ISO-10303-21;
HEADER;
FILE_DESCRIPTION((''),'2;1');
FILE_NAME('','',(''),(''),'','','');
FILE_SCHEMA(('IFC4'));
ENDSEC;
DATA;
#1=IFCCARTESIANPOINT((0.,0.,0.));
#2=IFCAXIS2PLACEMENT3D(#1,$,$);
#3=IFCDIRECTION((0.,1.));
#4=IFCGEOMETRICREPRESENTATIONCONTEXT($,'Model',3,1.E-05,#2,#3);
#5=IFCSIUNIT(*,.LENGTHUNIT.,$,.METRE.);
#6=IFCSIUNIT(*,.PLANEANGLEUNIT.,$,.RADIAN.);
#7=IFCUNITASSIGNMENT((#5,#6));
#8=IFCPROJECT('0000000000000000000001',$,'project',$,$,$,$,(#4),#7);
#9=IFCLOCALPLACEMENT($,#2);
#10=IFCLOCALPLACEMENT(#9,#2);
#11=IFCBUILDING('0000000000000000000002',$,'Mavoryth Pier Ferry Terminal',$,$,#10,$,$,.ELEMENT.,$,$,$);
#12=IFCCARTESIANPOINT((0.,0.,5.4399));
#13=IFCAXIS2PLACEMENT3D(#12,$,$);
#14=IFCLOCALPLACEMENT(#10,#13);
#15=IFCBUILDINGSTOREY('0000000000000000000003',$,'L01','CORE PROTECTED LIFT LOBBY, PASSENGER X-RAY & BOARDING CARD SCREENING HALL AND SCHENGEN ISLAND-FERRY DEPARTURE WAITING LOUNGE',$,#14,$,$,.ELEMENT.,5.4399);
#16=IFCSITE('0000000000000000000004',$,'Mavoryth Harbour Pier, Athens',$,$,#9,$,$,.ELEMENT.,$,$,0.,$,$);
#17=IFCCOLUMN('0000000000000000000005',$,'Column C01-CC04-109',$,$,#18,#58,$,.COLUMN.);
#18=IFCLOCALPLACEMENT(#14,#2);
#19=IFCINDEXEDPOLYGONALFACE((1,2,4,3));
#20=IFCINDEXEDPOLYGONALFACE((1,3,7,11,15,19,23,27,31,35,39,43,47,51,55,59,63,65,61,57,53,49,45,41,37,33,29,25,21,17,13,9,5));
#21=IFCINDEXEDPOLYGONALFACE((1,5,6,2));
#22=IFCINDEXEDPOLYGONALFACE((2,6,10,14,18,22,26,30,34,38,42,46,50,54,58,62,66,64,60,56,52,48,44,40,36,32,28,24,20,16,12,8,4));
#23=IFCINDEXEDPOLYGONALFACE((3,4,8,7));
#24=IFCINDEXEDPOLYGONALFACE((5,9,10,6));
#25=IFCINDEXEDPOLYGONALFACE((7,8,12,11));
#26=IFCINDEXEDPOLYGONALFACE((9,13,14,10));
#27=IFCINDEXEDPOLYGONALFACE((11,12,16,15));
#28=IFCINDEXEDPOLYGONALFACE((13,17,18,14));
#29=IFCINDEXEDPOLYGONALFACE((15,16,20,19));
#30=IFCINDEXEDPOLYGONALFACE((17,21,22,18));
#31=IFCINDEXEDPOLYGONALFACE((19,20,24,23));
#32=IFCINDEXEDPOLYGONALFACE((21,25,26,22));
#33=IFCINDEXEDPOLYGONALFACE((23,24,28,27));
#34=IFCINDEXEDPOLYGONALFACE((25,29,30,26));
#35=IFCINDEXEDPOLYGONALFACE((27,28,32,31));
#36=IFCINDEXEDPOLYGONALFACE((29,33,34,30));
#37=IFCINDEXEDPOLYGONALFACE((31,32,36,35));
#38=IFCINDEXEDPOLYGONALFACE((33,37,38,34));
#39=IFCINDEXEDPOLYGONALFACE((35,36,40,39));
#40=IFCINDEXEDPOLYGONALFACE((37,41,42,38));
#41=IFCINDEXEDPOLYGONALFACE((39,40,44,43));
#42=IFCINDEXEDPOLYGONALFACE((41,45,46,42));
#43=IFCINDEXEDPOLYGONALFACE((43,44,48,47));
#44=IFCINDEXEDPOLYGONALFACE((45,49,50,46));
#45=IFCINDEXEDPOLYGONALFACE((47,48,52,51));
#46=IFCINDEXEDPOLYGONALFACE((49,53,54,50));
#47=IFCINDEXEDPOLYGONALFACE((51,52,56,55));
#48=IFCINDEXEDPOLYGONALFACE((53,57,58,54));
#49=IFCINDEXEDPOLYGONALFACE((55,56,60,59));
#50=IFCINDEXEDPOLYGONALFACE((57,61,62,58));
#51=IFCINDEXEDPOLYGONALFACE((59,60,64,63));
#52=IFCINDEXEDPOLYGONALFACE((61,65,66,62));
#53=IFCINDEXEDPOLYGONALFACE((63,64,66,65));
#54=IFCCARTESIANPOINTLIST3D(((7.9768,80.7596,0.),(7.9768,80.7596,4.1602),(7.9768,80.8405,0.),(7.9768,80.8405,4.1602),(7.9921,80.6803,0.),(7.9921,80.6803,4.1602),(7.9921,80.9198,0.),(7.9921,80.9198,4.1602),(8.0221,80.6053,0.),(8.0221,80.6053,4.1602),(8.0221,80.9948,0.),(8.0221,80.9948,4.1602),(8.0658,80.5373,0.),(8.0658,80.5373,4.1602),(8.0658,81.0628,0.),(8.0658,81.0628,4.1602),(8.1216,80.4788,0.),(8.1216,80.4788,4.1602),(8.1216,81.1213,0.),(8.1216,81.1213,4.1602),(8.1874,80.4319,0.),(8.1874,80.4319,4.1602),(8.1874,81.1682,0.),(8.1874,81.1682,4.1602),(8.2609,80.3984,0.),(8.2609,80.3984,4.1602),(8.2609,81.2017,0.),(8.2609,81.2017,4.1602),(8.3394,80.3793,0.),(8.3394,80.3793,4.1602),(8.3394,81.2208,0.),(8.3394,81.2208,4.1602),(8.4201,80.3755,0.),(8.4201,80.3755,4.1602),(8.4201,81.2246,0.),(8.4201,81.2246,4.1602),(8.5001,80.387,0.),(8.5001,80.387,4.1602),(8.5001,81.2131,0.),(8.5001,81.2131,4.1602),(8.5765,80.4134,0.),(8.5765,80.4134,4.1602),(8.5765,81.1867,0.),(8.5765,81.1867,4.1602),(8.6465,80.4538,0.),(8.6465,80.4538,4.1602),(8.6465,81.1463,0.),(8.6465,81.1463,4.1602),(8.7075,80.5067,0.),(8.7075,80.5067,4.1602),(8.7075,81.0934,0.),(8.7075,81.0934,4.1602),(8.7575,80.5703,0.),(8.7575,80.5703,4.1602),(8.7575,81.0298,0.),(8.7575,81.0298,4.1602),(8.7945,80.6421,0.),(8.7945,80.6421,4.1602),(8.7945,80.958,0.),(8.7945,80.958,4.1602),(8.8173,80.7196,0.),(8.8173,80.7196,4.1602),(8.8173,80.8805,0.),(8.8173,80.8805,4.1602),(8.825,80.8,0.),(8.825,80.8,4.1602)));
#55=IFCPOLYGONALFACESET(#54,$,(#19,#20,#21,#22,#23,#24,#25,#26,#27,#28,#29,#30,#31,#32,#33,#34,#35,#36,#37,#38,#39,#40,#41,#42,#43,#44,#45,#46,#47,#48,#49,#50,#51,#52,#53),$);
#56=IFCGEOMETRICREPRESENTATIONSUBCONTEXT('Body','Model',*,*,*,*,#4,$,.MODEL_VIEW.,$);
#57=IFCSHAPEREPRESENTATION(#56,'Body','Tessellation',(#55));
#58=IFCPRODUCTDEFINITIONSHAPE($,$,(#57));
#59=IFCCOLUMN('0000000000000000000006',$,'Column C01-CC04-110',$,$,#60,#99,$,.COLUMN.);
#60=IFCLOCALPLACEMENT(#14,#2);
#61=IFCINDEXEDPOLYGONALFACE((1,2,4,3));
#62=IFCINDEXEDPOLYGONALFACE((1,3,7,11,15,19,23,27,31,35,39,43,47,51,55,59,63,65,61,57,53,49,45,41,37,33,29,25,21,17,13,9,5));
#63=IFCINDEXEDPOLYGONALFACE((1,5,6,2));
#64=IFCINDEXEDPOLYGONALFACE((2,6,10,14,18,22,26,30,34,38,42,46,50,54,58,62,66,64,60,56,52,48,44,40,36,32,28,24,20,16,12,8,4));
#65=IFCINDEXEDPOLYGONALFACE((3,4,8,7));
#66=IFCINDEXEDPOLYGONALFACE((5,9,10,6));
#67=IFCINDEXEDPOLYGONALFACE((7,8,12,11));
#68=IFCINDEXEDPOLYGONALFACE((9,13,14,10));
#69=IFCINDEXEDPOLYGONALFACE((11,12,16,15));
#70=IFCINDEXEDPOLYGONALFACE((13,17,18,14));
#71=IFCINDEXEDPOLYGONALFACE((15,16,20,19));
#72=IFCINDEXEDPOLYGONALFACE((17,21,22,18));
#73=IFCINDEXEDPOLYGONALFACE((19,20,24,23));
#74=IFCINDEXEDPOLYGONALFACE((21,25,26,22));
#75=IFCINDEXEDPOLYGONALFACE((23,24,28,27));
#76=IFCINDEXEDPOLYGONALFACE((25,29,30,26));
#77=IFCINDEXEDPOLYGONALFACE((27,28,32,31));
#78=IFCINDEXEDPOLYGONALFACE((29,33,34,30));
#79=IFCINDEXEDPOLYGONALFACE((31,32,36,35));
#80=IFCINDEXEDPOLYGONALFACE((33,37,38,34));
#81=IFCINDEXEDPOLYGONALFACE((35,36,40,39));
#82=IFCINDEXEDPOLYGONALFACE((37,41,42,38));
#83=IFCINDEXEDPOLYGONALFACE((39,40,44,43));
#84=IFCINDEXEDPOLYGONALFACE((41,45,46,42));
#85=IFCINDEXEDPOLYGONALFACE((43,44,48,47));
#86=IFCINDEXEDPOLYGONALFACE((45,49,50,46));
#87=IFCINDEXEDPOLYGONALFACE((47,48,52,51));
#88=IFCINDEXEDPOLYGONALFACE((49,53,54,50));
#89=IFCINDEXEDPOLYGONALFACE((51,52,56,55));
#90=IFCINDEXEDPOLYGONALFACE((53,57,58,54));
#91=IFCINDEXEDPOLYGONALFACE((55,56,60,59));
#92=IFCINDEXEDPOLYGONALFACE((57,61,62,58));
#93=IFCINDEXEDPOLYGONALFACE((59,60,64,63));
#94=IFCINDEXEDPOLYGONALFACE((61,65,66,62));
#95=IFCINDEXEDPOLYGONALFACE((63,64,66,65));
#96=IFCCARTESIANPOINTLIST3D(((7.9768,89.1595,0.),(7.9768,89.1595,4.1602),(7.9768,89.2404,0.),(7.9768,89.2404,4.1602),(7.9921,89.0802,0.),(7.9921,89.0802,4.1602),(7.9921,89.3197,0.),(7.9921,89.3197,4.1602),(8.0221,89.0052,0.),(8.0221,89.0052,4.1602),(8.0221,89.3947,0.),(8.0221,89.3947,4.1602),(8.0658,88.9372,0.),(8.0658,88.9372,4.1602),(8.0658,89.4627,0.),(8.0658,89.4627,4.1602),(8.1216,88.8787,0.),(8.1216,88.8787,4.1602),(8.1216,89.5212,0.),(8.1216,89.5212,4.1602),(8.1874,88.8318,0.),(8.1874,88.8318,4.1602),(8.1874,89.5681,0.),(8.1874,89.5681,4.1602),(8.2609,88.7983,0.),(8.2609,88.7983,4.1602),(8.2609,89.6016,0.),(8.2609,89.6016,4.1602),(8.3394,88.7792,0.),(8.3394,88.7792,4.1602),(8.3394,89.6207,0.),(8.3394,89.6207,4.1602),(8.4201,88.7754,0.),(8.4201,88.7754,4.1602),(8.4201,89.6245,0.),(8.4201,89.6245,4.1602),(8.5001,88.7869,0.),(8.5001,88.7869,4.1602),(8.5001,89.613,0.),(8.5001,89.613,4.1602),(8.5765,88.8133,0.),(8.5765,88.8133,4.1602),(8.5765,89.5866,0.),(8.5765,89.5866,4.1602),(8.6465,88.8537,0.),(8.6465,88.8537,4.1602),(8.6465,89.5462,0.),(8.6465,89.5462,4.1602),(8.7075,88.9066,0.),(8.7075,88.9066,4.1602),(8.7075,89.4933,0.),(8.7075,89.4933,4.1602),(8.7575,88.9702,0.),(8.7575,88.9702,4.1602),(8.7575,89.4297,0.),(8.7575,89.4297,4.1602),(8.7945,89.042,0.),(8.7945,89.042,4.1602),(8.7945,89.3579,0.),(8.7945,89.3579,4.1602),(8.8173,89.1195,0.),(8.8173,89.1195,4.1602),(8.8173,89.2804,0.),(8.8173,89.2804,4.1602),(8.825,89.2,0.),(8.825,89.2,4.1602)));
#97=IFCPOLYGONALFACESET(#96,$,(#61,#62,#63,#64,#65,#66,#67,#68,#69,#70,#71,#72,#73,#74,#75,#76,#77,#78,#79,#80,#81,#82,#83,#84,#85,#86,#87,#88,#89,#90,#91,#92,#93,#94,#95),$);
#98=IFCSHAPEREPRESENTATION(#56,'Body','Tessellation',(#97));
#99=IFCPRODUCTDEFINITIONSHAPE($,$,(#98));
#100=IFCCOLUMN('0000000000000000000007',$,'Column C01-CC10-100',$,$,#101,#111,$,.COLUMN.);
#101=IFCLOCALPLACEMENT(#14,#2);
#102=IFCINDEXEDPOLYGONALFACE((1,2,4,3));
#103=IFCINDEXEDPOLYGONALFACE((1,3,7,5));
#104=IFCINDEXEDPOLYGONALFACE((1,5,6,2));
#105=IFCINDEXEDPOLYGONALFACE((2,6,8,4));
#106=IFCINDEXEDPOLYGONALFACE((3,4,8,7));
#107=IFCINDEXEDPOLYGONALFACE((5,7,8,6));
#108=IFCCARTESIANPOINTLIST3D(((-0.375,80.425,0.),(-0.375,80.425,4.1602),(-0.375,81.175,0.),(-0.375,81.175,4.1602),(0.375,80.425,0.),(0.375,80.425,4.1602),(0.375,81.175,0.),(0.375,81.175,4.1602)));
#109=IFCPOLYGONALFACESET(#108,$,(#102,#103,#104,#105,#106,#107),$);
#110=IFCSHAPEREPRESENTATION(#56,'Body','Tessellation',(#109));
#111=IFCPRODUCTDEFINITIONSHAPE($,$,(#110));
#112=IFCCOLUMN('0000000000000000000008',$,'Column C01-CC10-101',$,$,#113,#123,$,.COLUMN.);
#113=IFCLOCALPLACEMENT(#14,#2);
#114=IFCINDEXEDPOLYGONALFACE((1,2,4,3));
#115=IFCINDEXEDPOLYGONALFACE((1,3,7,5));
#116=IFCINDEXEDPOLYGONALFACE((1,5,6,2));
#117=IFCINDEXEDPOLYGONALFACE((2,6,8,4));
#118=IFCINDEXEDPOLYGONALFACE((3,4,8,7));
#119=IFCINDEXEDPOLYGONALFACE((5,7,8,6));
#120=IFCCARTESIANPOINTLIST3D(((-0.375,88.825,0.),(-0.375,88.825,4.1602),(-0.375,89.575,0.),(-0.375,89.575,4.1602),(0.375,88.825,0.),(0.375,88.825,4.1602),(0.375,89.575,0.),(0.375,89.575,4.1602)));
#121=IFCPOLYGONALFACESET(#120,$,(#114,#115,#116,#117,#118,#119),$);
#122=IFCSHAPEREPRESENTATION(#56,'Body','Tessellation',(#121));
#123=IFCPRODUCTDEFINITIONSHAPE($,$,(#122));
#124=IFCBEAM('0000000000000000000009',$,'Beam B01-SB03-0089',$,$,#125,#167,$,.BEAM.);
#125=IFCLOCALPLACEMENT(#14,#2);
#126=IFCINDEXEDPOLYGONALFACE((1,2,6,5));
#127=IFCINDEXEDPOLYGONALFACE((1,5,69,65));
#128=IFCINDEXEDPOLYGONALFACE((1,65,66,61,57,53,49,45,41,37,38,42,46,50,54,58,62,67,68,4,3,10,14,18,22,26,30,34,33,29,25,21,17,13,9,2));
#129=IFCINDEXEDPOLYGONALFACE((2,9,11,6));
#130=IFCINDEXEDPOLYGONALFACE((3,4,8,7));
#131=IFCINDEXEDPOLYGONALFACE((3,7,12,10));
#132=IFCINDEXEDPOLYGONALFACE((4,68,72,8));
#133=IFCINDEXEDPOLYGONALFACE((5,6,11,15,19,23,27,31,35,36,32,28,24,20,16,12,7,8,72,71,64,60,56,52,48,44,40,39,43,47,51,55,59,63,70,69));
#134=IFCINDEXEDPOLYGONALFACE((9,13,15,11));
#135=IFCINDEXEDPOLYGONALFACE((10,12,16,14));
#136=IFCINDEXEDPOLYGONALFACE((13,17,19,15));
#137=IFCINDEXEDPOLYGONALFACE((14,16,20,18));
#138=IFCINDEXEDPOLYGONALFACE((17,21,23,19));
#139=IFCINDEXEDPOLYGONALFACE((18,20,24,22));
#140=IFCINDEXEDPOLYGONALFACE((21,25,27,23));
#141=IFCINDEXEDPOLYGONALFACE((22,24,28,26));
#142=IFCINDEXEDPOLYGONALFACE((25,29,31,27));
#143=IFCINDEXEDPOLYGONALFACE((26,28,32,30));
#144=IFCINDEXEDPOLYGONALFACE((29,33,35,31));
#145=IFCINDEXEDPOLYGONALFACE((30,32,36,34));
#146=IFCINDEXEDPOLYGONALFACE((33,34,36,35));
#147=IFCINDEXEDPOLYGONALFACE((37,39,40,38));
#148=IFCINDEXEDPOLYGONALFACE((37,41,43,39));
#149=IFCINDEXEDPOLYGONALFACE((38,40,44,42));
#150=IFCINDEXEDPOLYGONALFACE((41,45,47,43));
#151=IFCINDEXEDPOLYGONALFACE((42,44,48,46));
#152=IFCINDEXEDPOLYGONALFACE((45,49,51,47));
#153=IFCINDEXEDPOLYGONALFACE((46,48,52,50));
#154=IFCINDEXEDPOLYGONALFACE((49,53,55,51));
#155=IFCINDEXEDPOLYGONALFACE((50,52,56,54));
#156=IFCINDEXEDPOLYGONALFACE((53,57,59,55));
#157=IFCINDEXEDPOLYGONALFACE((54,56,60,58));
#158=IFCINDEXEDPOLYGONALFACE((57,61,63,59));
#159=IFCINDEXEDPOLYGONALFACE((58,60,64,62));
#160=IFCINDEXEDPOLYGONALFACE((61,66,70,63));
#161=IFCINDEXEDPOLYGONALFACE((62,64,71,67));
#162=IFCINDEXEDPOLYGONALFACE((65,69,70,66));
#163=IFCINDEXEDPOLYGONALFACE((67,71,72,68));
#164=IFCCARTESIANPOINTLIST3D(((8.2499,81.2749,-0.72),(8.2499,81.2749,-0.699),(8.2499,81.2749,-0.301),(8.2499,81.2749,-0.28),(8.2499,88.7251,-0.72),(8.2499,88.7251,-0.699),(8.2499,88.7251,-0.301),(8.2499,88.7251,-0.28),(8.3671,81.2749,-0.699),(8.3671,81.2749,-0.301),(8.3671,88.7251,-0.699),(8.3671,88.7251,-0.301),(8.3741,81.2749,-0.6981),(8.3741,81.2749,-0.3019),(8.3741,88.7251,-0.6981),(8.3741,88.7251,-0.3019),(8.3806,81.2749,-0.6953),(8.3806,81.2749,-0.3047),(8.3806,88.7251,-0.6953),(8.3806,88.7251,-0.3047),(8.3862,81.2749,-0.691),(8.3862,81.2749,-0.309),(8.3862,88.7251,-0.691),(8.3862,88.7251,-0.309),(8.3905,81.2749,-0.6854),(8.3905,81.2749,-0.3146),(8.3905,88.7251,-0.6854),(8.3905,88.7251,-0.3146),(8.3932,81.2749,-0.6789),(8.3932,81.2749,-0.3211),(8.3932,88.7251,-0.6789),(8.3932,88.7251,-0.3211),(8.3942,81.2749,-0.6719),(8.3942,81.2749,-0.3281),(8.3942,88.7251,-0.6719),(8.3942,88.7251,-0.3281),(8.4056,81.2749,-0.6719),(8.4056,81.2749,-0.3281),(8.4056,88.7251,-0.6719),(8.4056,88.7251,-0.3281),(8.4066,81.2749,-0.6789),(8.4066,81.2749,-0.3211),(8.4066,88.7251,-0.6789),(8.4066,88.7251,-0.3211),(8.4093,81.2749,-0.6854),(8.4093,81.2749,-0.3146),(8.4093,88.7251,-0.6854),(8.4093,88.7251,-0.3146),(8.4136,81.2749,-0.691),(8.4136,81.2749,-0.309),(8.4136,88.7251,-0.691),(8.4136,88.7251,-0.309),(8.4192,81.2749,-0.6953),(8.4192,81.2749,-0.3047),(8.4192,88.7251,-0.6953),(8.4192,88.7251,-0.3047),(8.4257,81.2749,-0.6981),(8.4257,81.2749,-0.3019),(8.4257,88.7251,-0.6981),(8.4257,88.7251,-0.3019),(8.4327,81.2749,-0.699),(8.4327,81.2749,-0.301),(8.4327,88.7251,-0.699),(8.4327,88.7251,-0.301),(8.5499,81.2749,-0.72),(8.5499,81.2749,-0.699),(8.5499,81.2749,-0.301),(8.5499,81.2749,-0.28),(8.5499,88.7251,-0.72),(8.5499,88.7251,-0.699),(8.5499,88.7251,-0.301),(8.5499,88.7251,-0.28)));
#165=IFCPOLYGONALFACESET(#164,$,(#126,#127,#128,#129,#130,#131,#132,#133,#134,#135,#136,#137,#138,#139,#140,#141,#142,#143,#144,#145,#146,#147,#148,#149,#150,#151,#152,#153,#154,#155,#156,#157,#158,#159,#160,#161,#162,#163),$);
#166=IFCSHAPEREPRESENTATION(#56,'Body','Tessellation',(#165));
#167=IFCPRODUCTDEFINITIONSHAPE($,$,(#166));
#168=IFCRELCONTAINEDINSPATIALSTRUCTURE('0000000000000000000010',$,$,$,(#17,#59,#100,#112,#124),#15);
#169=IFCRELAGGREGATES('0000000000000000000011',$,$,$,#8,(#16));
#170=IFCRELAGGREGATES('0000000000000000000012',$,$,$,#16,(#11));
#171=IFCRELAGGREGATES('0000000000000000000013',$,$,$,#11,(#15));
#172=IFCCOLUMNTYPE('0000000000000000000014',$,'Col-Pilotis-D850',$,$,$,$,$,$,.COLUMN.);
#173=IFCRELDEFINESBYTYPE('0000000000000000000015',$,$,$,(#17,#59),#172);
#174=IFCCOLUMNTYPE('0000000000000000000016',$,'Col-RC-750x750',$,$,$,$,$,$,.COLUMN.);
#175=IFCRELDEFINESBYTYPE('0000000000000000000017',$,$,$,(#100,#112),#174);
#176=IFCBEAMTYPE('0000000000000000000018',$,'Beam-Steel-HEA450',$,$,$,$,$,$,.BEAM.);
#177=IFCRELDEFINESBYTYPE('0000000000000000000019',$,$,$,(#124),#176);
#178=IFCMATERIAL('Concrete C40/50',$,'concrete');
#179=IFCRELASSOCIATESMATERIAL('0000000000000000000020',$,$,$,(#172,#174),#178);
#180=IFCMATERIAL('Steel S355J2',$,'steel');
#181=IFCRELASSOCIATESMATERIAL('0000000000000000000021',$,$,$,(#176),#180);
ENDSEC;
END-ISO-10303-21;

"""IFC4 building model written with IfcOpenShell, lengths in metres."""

from ifc_helpers import new_model, si_unit, direction, frame, origin, origin_2d, place, context, subcontext, project, spatial, rectangle, circle, i_section, extrude, material, material_profile, profile_set, type_object, element, save


model = new_model("IFC4")

# Units and contexts
model_context = context("Model", 3, precision=1e-05, world=origin(), true_north=direction((0.0, 1.0)))
body_context = subcontext(model_context, "Body", "Model", "MODEL_VIEW")
ifc_project = project(units=[si_unit("LENGTHUNIT", "METRE"), si_unit("PLANEANGLEUNIT", "RADIAN")], contexts=[model_context])

# Site, building, storey
site_placement = place(None, origin())
site = spatial("IfcSite", under=ifc_project, at=site_placement, Name="Mavoryth Harbour Pier, Athens", CompositionType="ELEMENT", RefElevation=0.0)
building_placement = place(site_placement, origin())
building = spatial("IfcBuilding", under=site, at=building_placement, Name="Mavoryth Pier Ferry Terminal", CompositionType="ELEMENT")
storey_placement = place(building_placement, frame((0.0, 0.0, 5.4399)))
storey = spatial("IfcBuildingStorey", under=building, at=storey_placement, Name="L01", Description="CORE PROTECTED LIFT LOBBY, PASSENGER X-RAY & BOARDING CARD SCREENING HALL AND SCHENGEN ISLAND-FERRY DEPARTURE WAITING LOUNGE", CompositionType="ELEMENT", Elevation=5.4399)

# Columns
ifc_material_1 = material(Name="Concrete C40/50", Category="concrete")
ifc_material_profile_1 = material_profile(ifc_material_1, circle(Radius=0.425, at=origin_2d()), Name="RC D850", Category="concrete")
ifc_profile_set_1 = profile_set([ifc_material_profile_1], Name="Concrete C40/50 - RC D850")
column_type_1 = type_object("IfcColumnType", Name="Col-Pilotis-D850", PredefinedType="COLUMN", material=ifc_profile_set_1)
for number, where, z_axis, x_axis, name in (
    (1, (8.3999, 80.8, 0.0), (0.0, 0.0, 1.0), (1.0, 0.0, 0.0), "Column C01-CC04-109"),
    (2, (8.3999, 89.2, 0.0), (0.0, 0.0, 1.0), (1.0, 0.0, 0.0), "Column C01-CC04-110"),
):
    element("IfcColumn", number, at=place(storey_placement, frame(where, z_axis=z_axis, x_axis=x_axis)), inside=storey, type_object=column_type_1, Name=name, PredefinedType="COLUMN", context=body_context, shape_type="SweptSolid", body=[
        extrude(circle(Radius=0.425, at=origin_2d()), origin(), (0.0, 0.0, 1.0), 4.1602),
    ])
ifc_material_profile_2 = material_profile(ifc_material_1, rectangle(XDim=0.75, YDim=0.75, at=origin_2d()), Name="RC 750x750", Category="concrete")
ifc_profile_set_2 = profile_set([ifc_material_profile_2], Name="Concrete C40/50 - RC 750x750")
column_type_2 = type_object("IfcColumnType", Name="Col-RC-750x750", PredefinedType="COLUMN", material=ifc_profile_set_2)
for number, where, z_axis, x_axis, name in (
    (3, (0.0, 80.8, 0.0), (0.0, 0.0, 1.0), (1.0, 0.0, 0.0), "Column C01-CC10-100"),
    (4, (0.0, 89.2, 0.0), (0.0, 0.0, 1.0), (1.0, 0.0, 0.0), "Column C01-CC10-101"),
):
    element("IfcColumn", number, at=place(storey_placement, frame(where, z_axis=z_axis, x_axis=x_axis)), inside=storey, type_object=column_type_2, Name=name, PredefinedType="COLUMN", context=body_context, shape_type="SweptSolid", body=[
        extrude(rectangle(XDim=0.75, YDim=0.75, at=origin_2d()), origin(), (0.0, 0.0, 1.0), 4.1602),
    ])

# Beam
ifc_material_2 = material(Name="Steel S355J2", Category="steel")
ifc_material_profile_3 = material_profile(ifc_material_2, i_section(OverallWidth=0.3, OverallDepth=0.4399, WebThickness=0.0115, FlangeThickness=0.021, FilletRadius=0.0271, at=origin_2d()), Name="HEA 450", Category="steel")
ifc_profile_set_3 = profile_set([ifc_material_profile_3], Name="Steel S355J2 - HEA 450")
beam_type_1 = type_object("IfcBeamType", Name="Beam-Steel-HEA450", PredefinedType="BEAM", material=ifc_profile_set_3)
beam_1_placement = place(storey_placement, frame((8.3999, 81.2749, -0.5), z_axis=(0.0, 1.0, 0.0), x_axis=(-1.0, 0.0, 0.0)))
element("IfcBeam", 5, at=beam_1_placement, inside=storey, type_object=beam_type_1, Name="Beam B01-SB03-0089", PredefinedType="BEAM", context=body_context, shape_type="SweptSolid", body=[
    extrude(i_section(OverallWidth=0.3, OverallDepth=0.4399, WebThickness=0.0115, FlangeThickness=0.021, FilletRadius=0.0271, at=origin_2d()), origin(), (0.0, 0.0, 1.0), 7.4502),
])

save(model, "model.ifc")
